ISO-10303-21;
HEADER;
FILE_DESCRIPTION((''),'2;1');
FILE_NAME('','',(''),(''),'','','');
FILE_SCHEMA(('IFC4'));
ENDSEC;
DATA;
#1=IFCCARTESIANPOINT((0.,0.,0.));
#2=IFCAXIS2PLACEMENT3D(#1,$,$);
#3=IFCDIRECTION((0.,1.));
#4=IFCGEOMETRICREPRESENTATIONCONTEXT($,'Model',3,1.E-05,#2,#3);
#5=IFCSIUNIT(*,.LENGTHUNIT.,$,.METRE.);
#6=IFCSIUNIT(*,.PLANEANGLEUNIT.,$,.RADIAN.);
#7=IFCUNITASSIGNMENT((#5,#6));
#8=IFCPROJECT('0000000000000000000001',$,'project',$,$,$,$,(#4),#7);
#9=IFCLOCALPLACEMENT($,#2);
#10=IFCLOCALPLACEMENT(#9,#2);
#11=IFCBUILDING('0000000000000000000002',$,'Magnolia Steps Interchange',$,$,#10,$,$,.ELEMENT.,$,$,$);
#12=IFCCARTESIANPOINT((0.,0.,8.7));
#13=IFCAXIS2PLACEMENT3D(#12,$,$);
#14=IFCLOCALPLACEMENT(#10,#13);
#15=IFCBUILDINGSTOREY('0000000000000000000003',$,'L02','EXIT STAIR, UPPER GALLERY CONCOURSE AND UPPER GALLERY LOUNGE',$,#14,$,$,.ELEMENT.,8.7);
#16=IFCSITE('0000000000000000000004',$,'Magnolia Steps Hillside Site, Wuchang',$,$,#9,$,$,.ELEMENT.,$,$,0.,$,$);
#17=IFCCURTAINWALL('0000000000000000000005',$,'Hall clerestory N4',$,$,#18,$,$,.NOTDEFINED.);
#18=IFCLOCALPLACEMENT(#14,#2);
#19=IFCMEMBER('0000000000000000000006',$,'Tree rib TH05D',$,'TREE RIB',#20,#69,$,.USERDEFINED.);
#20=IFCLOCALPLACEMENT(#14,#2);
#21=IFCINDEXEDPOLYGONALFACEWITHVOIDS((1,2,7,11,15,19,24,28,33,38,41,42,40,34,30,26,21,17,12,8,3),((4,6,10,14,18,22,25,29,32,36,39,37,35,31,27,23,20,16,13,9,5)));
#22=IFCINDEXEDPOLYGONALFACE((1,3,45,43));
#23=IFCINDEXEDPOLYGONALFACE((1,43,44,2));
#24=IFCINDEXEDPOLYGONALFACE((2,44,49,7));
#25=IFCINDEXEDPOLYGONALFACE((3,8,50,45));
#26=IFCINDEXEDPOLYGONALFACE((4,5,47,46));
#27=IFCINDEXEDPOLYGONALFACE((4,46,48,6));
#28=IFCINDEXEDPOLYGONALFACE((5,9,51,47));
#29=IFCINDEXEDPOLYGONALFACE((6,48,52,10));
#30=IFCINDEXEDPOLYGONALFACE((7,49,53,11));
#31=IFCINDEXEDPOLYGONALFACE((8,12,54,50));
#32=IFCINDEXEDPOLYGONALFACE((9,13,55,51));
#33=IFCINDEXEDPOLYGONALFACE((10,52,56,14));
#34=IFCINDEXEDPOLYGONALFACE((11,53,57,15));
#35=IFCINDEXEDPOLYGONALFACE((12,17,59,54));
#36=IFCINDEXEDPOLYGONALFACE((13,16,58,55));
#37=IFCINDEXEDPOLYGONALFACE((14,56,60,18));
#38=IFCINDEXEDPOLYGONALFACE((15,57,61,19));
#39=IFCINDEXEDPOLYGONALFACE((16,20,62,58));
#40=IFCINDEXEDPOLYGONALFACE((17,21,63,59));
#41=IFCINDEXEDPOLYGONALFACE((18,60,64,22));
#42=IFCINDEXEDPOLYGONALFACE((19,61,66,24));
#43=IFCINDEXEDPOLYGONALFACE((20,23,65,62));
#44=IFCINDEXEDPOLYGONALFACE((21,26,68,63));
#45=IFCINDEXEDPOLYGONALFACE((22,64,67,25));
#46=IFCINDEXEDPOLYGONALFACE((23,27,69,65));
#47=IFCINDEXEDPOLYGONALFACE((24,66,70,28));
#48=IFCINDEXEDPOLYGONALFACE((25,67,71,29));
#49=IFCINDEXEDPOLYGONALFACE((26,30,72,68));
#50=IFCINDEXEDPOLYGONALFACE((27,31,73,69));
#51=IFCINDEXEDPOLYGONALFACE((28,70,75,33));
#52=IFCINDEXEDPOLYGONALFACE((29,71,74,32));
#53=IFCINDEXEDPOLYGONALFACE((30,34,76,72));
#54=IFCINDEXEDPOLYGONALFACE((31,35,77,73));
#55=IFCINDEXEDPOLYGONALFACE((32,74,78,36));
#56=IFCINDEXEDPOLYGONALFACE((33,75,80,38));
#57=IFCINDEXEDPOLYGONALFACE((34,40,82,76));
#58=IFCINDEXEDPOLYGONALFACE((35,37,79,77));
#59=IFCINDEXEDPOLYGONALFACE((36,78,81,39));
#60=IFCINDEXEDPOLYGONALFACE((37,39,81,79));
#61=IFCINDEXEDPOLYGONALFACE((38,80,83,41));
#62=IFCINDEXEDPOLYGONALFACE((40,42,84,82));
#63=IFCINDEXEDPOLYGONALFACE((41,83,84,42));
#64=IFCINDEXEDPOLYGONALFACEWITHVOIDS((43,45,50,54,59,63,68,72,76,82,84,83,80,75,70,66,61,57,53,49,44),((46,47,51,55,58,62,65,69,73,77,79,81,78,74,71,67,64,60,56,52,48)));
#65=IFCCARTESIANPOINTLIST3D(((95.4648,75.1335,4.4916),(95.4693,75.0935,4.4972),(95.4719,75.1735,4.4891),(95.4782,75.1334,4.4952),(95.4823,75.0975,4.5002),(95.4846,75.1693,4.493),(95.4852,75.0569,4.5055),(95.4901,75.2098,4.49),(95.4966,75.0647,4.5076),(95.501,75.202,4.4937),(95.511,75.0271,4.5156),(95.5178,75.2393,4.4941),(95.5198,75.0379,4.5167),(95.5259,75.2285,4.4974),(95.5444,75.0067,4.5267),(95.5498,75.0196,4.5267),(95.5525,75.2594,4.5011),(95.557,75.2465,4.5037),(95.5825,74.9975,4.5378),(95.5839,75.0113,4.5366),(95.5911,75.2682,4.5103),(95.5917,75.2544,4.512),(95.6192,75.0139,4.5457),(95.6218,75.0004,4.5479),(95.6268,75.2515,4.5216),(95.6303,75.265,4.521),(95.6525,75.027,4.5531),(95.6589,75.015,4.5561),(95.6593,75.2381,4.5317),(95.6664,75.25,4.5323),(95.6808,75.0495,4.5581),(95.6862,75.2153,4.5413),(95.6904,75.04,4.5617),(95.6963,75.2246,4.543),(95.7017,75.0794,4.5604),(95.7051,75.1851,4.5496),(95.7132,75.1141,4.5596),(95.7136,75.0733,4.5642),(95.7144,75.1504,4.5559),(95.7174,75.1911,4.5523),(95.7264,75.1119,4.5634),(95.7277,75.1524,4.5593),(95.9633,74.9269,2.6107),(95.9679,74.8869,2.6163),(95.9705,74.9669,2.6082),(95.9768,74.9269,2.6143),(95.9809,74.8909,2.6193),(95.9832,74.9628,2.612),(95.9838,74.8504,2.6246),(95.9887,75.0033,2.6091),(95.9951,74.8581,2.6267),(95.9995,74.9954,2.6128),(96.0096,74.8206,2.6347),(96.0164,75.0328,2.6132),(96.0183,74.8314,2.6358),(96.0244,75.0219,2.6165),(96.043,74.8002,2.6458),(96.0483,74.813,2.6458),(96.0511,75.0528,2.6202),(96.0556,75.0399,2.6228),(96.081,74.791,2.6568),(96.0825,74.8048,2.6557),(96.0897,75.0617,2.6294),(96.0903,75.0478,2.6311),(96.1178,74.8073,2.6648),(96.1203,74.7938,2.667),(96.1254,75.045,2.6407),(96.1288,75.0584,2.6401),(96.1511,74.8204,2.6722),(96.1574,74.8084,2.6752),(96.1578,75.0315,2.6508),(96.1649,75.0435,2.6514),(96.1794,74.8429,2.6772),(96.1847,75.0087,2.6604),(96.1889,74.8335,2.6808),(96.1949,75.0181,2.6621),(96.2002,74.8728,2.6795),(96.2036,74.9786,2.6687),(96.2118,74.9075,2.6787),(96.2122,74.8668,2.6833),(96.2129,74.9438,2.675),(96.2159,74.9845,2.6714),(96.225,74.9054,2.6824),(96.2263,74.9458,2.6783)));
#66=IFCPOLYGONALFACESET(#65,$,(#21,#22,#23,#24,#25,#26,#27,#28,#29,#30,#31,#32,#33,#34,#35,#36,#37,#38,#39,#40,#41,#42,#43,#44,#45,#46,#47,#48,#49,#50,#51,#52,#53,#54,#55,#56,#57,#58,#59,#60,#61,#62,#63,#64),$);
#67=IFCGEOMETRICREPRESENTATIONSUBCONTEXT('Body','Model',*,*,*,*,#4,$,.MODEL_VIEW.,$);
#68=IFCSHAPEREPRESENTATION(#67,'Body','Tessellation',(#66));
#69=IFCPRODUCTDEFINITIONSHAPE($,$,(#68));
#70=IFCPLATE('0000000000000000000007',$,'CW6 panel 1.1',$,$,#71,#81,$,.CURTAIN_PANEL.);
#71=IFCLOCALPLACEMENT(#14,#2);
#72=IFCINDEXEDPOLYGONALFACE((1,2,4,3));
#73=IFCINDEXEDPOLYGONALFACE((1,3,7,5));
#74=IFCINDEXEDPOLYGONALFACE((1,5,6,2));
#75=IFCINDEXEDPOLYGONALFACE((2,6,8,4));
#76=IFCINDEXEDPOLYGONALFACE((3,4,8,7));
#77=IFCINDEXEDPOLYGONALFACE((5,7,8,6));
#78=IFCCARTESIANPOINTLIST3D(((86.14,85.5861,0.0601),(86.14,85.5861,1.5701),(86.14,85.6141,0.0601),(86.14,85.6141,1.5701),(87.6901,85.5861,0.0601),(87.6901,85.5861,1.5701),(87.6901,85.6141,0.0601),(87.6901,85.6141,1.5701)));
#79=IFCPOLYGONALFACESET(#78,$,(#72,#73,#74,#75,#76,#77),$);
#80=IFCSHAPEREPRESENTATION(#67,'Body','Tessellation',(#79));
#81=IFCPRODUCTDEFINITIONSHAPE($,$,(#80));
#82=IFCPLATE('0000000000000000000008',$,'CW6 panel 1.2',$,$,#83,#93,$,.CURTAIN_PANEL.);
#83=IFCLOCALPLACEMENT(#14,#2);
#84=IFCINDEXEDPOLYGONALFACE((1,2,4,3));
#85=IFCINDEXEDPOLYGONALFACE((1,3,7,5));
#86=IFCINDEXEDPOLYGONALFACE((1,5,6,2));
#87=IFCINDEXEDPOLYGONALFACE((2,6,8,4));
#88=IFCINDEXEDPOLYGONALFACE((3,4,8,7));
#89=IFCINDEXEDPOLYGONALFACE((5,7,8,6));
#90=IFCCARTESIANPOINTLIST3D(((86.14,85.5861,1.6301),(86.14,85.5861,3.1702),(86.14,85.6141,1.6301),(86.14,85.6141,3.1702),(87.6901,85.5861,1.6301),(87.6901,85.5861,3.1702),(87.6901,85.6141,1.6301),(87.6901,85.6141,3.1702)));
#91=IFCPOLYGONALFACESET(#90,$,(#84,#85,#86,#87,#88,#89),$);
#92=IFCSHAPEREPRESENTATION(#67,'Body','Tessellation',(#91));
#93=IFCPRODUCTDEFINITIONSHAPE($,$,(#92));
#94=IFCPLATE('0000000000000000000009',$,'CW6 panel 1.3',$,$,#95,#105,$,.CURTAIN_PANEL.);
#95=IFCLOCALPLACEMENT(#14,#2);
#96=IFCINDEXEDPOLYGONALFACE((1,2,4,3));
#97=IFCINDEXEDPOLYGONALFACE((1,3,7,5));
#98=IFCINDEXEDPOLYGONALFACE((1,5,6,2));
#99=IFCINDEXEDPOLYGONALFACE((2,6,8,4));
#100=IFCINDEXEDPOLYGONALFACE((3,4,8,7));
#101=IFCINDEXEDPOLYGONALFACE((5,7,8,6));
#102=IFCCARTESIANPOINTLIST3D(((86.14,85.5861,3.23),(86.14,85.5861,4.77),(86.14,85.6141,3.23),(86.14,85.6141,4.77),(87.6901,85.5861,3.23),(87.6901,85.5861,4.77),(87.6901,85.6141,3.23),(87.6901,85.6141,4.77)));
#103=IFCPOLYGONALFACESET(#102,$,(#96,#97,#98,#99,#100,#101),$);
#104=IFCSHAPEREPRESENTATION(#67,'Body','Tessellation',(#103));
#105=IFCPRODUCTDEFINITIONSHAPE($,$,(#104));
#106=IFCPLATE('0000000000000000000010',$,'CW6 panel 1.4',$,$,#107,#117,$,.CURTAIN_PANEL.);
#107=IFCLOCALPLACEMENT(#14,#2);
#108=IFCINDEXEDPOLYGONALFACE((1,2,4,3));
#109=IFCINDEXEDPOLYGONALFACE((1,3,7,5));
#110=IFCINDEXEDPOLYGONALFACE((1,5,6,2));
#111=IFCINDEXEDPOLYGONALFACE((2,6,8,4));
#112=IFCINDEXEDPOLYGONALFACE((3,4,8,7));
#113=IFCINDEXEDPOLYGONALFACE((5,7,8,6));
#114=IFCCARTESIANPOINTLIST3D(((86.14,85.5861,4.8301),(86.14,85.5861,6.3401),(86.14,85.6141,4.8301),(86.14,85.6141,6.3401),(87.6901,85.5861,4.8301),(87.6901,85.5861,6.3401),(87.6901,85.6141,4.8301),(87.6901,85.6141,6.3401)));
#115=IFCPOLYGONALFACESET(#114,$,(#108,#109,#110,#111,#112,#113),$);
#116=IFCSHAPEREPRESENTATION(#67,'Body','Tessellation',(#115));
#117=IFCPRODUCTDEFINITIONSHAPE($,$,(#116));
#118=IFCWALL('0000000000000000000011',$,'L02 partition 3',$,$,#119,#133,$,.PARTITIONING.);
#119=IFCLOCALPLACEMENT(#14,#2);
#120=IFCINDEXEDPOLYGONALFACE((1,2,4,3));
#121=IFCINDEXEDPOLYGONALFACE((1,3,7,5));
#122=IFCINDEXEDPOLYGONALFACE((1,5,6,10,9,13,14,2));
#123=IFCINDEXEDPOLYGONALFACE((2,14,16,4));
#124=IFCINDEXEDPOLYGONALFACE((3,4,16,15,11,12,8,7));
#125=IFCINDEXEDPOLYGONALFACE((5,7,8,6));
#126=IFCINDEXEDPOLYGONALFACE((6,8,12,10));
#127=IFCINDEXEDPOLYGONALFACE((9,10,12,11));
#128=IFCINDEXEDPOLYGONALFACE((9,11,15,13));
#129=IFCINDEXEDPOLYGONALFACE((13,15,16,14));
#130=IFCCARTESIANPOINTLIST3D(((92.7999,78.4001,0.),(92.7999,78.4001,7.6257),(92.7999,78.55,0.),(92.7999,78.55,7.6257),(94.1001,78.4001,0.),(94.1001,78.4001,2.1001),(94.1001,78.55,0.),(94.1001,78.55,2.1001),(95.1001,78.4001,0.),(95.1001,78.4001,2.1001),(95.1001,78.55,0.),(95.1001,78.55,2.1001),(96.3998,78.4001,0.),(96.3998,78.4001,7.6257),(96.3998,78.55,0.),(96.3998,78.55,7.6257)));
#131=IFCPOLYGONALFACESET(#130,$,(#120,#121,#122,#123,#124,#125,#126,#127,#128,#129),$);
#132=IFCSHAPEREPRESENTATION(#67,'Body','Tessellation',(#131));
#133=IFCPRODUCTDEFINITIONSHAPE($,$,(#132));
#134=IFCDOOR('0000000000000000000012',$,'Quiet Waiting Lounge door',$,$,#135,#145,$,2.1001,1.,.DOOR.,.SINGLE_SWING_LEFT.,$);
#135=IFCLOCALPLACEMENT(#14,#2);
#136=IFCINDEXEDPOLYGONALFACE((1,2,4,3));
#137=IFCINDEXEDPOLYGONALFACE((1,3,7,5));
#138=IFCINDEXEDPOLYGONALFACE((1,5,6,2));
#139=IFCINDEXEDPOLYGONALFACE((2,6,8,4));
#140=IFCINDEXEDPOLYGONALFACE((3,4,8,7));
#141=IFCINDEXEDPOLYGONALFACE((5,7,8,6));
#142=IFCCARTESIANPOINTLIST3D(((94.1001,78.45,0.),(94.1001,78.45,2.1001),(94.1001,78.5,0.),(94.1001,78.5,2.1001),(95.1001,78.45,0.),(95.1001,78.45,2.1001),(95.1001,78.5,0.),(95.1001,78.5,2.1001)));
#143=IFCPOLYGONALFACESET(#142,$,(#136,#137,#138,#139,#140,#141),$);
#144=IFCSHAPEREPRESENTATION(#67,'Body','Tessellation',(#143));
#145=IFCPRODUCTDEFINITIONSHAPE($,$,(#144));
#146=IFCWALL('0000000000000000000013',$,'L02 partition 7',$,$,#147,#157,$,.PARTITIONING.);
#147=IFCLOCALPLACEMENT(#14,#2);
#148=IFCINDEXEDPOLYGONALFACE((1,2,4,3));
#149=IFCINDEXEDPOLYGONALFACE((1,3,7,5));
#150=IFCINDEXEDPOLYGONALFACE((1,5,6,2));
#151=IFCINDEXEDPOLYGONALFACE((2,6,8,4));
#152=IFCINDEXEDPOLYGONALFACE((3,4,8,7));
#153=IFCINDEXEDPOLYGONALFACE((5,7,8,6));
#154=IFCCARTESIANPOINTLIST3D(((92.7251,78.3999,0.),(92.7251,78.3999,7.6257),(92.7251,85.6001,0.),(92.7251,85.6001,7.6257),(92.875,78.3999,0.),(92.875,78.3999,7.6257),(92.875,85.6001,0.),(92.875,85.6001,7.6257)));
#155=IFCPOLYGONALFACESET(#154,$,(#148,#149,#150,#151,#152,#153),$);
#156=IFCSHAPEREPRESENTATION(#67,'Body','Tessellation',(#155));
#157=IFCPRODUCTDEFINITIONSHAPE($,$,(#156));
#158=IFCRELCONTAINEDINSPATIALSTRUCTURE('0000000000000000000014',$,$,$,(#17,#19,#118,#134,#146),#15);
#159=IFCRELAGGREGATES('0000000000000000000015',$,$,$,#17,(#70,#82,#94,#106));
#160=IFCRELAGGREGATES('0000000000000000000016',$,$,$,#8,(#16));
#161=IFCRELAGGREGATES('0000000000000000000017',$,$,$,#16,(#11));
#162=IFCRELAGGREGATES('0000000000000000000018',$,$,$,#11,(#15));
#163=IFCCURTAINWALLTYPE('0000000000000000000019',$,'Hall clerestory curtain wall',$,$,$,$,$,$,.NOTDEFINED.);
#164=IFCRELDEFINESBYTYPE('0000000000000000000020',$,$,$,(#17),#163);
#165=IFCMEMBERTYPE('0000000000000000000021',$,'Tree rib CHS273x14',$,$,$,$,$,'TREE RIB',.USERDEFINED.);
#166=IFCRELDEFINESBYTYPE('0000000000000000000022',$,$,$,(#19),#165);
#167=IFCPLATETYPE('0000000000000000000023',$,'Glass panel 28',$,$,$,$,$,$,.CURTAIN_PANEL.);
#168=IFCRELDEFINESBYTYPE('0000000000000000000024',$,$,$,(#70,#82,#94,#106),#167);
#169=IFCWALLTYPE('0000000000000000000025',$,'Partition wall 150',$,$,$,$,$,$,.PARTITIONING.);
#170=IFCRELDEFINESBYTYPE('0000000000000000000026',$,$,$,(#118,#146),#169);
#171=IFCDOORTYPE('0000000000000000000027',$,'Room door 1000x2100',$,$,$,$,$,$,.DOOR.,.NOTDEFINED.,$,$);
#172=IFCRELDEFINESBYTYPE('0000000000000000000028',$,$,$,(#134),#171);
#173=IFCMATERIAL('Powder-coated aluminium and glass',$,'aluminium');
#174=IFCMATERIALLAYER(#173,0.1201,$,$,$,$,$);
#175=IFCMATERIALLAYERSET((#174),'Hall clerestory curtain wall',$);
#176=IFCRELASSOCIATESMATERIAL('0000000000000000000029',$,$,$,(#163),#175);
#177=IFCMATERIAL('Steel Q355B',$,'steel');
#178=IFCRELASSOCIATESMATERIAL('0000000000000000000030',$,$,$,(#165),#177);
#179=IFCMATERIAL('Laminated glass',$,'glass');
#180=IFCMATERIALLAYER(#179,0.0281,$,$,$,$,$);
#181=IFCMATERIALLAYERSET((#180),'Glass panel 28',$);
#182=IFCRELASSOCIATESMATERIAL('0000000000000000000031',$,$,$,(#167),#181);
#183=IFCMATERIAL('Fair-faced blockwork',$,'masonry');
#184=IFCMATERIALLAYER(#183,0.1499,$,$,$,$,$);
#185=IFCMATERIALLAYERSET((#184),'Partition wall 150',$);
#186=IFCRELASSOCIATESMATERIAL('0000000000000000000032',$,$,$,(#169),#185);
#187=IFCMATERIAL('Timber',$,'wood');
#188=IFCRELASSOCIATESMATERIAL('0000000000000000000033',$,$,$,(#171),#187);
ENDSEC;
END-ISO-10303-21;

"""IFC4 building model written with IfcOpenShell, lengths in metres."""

from ifc_helpers import new_model, si_unit, direction, frame, frame_2d, origin, origin_2d, place, context, subcontext, project, spatial, rectangle, hollow_circle, extrude, material, layer, layer_set, material_profile, profile_set, type_object, element, fill, aggregate, save


model = new_model("IFC4")

# Units and contexts
model_context = context("Model", 3, precision=1e-05, world=origin(), true_north=direction((0.0, 1.0)))
body_context = subcontext(model_context, "Body", "Model", "MODEL_VIEW")
ifc_project = project(units=[si_unit("LENGTHUNIT", "METRE"), si_unit("PLANEANGLEUNIT", "RADIAN")], contexts=[model_context])

# Site, building, storey
site_placement = place(None, origin())
site = spatial("IfcSite", under=ifc_project, at=site_placement, Name="Magnolia Steps Hillside Site, Wuchang", CompositionType="ELEMENT", RefElevation=0.0)
building_placement = place(site_placement, origin())
building = spatial("IfcBuilding", under=site, at=building_placement, Name="Magnolia Steps Interchange", CompositionType="ELEMENT")
storey_placement = place(building_placement, frame((0.0, 0.0, 8.7)))
storey = spatial("IfcBuildingStorey", under=building, at=storey_placement, Name="L02", Description="EXIT STAIR, UPPER GALLERY CONCOURSE AND UPPER GALLERY LOUNGE", CompositionType="ELEMENT", Elevation=8.7)

# Curtain wall
ifc_material_1 = material(Name="Powder-coated aluminium and glass", Category="aluminium")
ifc_layer_1 = layer(ifc_material_1, 0.1201)
ifc_layer_set_1 = layer_set([ifc_layer_1], Name="Hall clerestory curtain wall")
curtain_wall_type = type_object("IfcCurtainWallType", Name="Hall clerestory curtain wall", PredefinedType="NOTDEFINED", material=ifc_layer_set_1)
curtain_wall_placement = place(storey_placement, origin())
curtain_wall = element("IfcCurtainWall", 1, at=curtain_wall_placement, inside=storey, type_object=curtain_wall_type, Name="Hall clerestory N4", PredefinedType="NOTDEFINED")

# Member
ifc_material_2 = material(Name="Steel Q355B", Category="steel")
ifc_material_profile_1 = material_profile(ifc_material_2, hollow_circle(Radius=0.1365, WallThickness=0.0139, at=origin_2d()), Name="CHS273x14")
ifc_profile_set_1 = profile_set([ifc_material_profile_1], Name="Steel Q355B")
member_type_1 = type_object("IfcMemberType", Name="Tree rib CHS273x14", ElementType="TREE RIB", PredefinedType="USERDEFINED", material=ifc_profile_set_1)
member_1_placement = place(storey_placement, frame((96.0952, 74.9263, 2.6458), z_axis=(-0.254779, 0.105555, 0.961221), x_axis=(-0.382751, -0.923851, 0.0)))
element("IfcMember", 2, at=member_1_placement, inside=storey, type_object=member_type_1, Name="Tree rib TH05D", ObjectType="TREE RIB", PredefinedType="USERDEFINED", context=body_context, shape_type="SweptSolid", body=[
    extrude(hollow_circle(Radius=0.1365, WallThickness=0.0139, at=origin_2d()), origin(), (0.0, 0.0, 1.0), 1.9568),
])

# Plates
ifc_material_3 = material(Name="Laminated glass", Category="glass")
ifc_layer_2 = layer(ifc_material_3, 0.0281)
ifc_layer_set_2 = layer_set([ifc_layer_2], Name="Glass panel 28")
plate_type = type_object("IfcPlateType", Name="Glass panel 28", PredefinedType="CURTAIN_PANEL", material=ifc_layer_set_2)
plate_1_placement = place(storey_placement, frame((86.915, 85.6001, 0.0601), z_axis=(0.0, 0.0, 1.0), x_axis=(1.0, 0.0, 0.0)))
plate_1 = element("IfcPlate", 3, at=plate_1_placement, type_object=plate_type, Name="CW6 panel 1.1", PredefinedType="CURTAIN_PANEL", context=body_context, shape_type="SweptSolid", body=[
    extrude(rectangle(XDim=1.55, YDim=0.0281, at=origin_2d()), origin(), (0.0, 0.0, 1.0), 1.51),
])
plate_2_placement = place(storey_placement, frame((86.915, 85.6001, 1.6301), z_axis=(0.0, 0.0, 1.0), x_axis=(1.0, 0.0, 0.0)))
plate_2 = element("IfcPlate", 4, at=plate_2_placement, type_object=plate_type, Name="CW6 panel 1.2", PredefinedType="CURTAIN_PANEL", context=body_context, shape_type="SweptSolid", body=[
    extrude(rectangle(XDim=1.55, YDim=0.0281, at=origin_2d()), origin(), (0.0, 0.0, 1.0), 1.54),
])
plate_3_placement = place(storey_placement, frame((86.915, 85.6001, 3.23), z_axis=(0.0, 0.0, 1.0), x_axis=(1.0, 0.0, 0.0)))
plate_3 = element("IfcPlate", 5, at=plate_3_placement, type_object=plate_type, Name="CW6 panel 1.3", PredefinedType="CURTAIN_PANEL", context=body_context, shape_type="SweptSolid", body=[
    extrude(rectangle(XDim=1.55, YDim=0.0281, at=origin_2d()), origin(), (0.0, 0.0, 1.0), 1.54),
])
plate_4_placement = place(storey_placement, frame((86.915, 85.6001, 4.8301), z_axis=(0.0, 0.0, 1.0), x_axis=(1.0, 0.0, 0.0)))
plate_4 = element("IfcPlate", 6, at=plate_4_placement, type_object=plate_type, Name="CW6 panel 1.4", PredefinedType="CURTAIN_PANEL", context=body_context, shape_type="SweptSolid", body=[
    extrude(rectangle(XDim=1.55, YDim=0.0281, at=origin_2d()), origin(), (0.0, 0.0, 1.0), 1.51),
])
aggregate(curtain_wall, [plate_1, plate_2, plate_3, plate_4])

# Wall, opening, door
ifc_material_4 = material(Name="Fair-faced blockwork", Category="masonry")
ifc_layer_3 = layer(ifc_material_4, 0.1499)
ifc_layer_set_3 = layer_set([ifc_layer_3], Name="Partition wall 150")
wall_type = type_object("IfcWallType", Name="Partition wall 150", PredefinedType="PARTITIONING", material=ifc_layer_set_3)
wall_1_placement = place(storey_placement, frame((92.8, 78.4751, 0.0), z_axis=(0.0, 0.0, 1.0), x_axis=(1.0, 0.0, 0.0)))
wall_1 = element("IfcWall", 7, at=wall_1_placement, inside=storey, type_object=wall_type, Name="L02 partition 3", PredefinedType="PARTITIONING", context=body_context, shape_type="SweptSolid", body=[
    extrude(rectangle(XDim=3.5999, YDim=0.1499, at=frame_2d((1.7998, 0.0))), origin(), (0.0, 0.0, 1.0), 7.6257),
])
opening_placement = place(wall_1_placement, frame((1.3, 0.0, 0.0)))
opening = element("IfcOpeningElement", 8, at=opening_placement, cuts=wall_1, PredefinedType="OPENING", context=body_context, shape_type="SweptSolid", body=[
    extrude(rectangle(XDim=1.0, YDim=2.1001, at=frame_2d((0.5, 1.05))), frame((0.0, 0.085, 0.0), z_axis=(0.0, -1.0, 0.0), x_axis=(1.0, 0.0, 0.0)), (0.0, 0.0, 1.0), 0.1699),
])
ifc_material_5 = material(Name="Timber", Category="wood")
door_type = type_object("IfcDoorType", Name="Room door 1000x2100", OperationType="NOTDEFINED", PredefinedType="DOOR", material=ifc_material_5)
door_placement = place(opening_placement, origin())
door = element("IfcDoor", 9, at=door_placement, inside=storey, type_object=door_type, Name="Quiet Waiting Lounge door", OperationType="SINGLE_SWING_LEFT", OverallHeight=2.1001, OverallWidth=1.0, PredefinedType="DOOR", context=body_context, shape_type="SweptSolid", body=[
    extrude(rectangle(XDim=1.0, YDim=2.1001, at=frame_2d((0.5, 1.05))), frame((0.0, 0.0249, 0.0), z_axis=(0.0, -1.0, 0.0), x_axis=(1.0, 0.0, 0.0)), (0.0, 0.0, 1.0), 0.05),
])
fill(opening, door)

# Wall
wall_2_placement = place(storey_placement, frame((92.8, 78.3999, 0.0), z_axis=(0.0, 0.0, 1.0), x_axis=(0.0, 1.0, 0.0)))
element("IfcWall", 10, at=wall_2_placement, inside=storey, type_object=wall_type, Name="L02 partition 7", PredefinedType="PARTITIONING", context=body_context, shape_type="SweptSolid", body=[
    extrude(rectangle(XDim=7.2002, YDim=0.1499, at=frame_2d((3.6001, 0.0))), origin(), (0.0, 0.0, 1.0), 7.6257),
])

save(model, "model.ifc")
